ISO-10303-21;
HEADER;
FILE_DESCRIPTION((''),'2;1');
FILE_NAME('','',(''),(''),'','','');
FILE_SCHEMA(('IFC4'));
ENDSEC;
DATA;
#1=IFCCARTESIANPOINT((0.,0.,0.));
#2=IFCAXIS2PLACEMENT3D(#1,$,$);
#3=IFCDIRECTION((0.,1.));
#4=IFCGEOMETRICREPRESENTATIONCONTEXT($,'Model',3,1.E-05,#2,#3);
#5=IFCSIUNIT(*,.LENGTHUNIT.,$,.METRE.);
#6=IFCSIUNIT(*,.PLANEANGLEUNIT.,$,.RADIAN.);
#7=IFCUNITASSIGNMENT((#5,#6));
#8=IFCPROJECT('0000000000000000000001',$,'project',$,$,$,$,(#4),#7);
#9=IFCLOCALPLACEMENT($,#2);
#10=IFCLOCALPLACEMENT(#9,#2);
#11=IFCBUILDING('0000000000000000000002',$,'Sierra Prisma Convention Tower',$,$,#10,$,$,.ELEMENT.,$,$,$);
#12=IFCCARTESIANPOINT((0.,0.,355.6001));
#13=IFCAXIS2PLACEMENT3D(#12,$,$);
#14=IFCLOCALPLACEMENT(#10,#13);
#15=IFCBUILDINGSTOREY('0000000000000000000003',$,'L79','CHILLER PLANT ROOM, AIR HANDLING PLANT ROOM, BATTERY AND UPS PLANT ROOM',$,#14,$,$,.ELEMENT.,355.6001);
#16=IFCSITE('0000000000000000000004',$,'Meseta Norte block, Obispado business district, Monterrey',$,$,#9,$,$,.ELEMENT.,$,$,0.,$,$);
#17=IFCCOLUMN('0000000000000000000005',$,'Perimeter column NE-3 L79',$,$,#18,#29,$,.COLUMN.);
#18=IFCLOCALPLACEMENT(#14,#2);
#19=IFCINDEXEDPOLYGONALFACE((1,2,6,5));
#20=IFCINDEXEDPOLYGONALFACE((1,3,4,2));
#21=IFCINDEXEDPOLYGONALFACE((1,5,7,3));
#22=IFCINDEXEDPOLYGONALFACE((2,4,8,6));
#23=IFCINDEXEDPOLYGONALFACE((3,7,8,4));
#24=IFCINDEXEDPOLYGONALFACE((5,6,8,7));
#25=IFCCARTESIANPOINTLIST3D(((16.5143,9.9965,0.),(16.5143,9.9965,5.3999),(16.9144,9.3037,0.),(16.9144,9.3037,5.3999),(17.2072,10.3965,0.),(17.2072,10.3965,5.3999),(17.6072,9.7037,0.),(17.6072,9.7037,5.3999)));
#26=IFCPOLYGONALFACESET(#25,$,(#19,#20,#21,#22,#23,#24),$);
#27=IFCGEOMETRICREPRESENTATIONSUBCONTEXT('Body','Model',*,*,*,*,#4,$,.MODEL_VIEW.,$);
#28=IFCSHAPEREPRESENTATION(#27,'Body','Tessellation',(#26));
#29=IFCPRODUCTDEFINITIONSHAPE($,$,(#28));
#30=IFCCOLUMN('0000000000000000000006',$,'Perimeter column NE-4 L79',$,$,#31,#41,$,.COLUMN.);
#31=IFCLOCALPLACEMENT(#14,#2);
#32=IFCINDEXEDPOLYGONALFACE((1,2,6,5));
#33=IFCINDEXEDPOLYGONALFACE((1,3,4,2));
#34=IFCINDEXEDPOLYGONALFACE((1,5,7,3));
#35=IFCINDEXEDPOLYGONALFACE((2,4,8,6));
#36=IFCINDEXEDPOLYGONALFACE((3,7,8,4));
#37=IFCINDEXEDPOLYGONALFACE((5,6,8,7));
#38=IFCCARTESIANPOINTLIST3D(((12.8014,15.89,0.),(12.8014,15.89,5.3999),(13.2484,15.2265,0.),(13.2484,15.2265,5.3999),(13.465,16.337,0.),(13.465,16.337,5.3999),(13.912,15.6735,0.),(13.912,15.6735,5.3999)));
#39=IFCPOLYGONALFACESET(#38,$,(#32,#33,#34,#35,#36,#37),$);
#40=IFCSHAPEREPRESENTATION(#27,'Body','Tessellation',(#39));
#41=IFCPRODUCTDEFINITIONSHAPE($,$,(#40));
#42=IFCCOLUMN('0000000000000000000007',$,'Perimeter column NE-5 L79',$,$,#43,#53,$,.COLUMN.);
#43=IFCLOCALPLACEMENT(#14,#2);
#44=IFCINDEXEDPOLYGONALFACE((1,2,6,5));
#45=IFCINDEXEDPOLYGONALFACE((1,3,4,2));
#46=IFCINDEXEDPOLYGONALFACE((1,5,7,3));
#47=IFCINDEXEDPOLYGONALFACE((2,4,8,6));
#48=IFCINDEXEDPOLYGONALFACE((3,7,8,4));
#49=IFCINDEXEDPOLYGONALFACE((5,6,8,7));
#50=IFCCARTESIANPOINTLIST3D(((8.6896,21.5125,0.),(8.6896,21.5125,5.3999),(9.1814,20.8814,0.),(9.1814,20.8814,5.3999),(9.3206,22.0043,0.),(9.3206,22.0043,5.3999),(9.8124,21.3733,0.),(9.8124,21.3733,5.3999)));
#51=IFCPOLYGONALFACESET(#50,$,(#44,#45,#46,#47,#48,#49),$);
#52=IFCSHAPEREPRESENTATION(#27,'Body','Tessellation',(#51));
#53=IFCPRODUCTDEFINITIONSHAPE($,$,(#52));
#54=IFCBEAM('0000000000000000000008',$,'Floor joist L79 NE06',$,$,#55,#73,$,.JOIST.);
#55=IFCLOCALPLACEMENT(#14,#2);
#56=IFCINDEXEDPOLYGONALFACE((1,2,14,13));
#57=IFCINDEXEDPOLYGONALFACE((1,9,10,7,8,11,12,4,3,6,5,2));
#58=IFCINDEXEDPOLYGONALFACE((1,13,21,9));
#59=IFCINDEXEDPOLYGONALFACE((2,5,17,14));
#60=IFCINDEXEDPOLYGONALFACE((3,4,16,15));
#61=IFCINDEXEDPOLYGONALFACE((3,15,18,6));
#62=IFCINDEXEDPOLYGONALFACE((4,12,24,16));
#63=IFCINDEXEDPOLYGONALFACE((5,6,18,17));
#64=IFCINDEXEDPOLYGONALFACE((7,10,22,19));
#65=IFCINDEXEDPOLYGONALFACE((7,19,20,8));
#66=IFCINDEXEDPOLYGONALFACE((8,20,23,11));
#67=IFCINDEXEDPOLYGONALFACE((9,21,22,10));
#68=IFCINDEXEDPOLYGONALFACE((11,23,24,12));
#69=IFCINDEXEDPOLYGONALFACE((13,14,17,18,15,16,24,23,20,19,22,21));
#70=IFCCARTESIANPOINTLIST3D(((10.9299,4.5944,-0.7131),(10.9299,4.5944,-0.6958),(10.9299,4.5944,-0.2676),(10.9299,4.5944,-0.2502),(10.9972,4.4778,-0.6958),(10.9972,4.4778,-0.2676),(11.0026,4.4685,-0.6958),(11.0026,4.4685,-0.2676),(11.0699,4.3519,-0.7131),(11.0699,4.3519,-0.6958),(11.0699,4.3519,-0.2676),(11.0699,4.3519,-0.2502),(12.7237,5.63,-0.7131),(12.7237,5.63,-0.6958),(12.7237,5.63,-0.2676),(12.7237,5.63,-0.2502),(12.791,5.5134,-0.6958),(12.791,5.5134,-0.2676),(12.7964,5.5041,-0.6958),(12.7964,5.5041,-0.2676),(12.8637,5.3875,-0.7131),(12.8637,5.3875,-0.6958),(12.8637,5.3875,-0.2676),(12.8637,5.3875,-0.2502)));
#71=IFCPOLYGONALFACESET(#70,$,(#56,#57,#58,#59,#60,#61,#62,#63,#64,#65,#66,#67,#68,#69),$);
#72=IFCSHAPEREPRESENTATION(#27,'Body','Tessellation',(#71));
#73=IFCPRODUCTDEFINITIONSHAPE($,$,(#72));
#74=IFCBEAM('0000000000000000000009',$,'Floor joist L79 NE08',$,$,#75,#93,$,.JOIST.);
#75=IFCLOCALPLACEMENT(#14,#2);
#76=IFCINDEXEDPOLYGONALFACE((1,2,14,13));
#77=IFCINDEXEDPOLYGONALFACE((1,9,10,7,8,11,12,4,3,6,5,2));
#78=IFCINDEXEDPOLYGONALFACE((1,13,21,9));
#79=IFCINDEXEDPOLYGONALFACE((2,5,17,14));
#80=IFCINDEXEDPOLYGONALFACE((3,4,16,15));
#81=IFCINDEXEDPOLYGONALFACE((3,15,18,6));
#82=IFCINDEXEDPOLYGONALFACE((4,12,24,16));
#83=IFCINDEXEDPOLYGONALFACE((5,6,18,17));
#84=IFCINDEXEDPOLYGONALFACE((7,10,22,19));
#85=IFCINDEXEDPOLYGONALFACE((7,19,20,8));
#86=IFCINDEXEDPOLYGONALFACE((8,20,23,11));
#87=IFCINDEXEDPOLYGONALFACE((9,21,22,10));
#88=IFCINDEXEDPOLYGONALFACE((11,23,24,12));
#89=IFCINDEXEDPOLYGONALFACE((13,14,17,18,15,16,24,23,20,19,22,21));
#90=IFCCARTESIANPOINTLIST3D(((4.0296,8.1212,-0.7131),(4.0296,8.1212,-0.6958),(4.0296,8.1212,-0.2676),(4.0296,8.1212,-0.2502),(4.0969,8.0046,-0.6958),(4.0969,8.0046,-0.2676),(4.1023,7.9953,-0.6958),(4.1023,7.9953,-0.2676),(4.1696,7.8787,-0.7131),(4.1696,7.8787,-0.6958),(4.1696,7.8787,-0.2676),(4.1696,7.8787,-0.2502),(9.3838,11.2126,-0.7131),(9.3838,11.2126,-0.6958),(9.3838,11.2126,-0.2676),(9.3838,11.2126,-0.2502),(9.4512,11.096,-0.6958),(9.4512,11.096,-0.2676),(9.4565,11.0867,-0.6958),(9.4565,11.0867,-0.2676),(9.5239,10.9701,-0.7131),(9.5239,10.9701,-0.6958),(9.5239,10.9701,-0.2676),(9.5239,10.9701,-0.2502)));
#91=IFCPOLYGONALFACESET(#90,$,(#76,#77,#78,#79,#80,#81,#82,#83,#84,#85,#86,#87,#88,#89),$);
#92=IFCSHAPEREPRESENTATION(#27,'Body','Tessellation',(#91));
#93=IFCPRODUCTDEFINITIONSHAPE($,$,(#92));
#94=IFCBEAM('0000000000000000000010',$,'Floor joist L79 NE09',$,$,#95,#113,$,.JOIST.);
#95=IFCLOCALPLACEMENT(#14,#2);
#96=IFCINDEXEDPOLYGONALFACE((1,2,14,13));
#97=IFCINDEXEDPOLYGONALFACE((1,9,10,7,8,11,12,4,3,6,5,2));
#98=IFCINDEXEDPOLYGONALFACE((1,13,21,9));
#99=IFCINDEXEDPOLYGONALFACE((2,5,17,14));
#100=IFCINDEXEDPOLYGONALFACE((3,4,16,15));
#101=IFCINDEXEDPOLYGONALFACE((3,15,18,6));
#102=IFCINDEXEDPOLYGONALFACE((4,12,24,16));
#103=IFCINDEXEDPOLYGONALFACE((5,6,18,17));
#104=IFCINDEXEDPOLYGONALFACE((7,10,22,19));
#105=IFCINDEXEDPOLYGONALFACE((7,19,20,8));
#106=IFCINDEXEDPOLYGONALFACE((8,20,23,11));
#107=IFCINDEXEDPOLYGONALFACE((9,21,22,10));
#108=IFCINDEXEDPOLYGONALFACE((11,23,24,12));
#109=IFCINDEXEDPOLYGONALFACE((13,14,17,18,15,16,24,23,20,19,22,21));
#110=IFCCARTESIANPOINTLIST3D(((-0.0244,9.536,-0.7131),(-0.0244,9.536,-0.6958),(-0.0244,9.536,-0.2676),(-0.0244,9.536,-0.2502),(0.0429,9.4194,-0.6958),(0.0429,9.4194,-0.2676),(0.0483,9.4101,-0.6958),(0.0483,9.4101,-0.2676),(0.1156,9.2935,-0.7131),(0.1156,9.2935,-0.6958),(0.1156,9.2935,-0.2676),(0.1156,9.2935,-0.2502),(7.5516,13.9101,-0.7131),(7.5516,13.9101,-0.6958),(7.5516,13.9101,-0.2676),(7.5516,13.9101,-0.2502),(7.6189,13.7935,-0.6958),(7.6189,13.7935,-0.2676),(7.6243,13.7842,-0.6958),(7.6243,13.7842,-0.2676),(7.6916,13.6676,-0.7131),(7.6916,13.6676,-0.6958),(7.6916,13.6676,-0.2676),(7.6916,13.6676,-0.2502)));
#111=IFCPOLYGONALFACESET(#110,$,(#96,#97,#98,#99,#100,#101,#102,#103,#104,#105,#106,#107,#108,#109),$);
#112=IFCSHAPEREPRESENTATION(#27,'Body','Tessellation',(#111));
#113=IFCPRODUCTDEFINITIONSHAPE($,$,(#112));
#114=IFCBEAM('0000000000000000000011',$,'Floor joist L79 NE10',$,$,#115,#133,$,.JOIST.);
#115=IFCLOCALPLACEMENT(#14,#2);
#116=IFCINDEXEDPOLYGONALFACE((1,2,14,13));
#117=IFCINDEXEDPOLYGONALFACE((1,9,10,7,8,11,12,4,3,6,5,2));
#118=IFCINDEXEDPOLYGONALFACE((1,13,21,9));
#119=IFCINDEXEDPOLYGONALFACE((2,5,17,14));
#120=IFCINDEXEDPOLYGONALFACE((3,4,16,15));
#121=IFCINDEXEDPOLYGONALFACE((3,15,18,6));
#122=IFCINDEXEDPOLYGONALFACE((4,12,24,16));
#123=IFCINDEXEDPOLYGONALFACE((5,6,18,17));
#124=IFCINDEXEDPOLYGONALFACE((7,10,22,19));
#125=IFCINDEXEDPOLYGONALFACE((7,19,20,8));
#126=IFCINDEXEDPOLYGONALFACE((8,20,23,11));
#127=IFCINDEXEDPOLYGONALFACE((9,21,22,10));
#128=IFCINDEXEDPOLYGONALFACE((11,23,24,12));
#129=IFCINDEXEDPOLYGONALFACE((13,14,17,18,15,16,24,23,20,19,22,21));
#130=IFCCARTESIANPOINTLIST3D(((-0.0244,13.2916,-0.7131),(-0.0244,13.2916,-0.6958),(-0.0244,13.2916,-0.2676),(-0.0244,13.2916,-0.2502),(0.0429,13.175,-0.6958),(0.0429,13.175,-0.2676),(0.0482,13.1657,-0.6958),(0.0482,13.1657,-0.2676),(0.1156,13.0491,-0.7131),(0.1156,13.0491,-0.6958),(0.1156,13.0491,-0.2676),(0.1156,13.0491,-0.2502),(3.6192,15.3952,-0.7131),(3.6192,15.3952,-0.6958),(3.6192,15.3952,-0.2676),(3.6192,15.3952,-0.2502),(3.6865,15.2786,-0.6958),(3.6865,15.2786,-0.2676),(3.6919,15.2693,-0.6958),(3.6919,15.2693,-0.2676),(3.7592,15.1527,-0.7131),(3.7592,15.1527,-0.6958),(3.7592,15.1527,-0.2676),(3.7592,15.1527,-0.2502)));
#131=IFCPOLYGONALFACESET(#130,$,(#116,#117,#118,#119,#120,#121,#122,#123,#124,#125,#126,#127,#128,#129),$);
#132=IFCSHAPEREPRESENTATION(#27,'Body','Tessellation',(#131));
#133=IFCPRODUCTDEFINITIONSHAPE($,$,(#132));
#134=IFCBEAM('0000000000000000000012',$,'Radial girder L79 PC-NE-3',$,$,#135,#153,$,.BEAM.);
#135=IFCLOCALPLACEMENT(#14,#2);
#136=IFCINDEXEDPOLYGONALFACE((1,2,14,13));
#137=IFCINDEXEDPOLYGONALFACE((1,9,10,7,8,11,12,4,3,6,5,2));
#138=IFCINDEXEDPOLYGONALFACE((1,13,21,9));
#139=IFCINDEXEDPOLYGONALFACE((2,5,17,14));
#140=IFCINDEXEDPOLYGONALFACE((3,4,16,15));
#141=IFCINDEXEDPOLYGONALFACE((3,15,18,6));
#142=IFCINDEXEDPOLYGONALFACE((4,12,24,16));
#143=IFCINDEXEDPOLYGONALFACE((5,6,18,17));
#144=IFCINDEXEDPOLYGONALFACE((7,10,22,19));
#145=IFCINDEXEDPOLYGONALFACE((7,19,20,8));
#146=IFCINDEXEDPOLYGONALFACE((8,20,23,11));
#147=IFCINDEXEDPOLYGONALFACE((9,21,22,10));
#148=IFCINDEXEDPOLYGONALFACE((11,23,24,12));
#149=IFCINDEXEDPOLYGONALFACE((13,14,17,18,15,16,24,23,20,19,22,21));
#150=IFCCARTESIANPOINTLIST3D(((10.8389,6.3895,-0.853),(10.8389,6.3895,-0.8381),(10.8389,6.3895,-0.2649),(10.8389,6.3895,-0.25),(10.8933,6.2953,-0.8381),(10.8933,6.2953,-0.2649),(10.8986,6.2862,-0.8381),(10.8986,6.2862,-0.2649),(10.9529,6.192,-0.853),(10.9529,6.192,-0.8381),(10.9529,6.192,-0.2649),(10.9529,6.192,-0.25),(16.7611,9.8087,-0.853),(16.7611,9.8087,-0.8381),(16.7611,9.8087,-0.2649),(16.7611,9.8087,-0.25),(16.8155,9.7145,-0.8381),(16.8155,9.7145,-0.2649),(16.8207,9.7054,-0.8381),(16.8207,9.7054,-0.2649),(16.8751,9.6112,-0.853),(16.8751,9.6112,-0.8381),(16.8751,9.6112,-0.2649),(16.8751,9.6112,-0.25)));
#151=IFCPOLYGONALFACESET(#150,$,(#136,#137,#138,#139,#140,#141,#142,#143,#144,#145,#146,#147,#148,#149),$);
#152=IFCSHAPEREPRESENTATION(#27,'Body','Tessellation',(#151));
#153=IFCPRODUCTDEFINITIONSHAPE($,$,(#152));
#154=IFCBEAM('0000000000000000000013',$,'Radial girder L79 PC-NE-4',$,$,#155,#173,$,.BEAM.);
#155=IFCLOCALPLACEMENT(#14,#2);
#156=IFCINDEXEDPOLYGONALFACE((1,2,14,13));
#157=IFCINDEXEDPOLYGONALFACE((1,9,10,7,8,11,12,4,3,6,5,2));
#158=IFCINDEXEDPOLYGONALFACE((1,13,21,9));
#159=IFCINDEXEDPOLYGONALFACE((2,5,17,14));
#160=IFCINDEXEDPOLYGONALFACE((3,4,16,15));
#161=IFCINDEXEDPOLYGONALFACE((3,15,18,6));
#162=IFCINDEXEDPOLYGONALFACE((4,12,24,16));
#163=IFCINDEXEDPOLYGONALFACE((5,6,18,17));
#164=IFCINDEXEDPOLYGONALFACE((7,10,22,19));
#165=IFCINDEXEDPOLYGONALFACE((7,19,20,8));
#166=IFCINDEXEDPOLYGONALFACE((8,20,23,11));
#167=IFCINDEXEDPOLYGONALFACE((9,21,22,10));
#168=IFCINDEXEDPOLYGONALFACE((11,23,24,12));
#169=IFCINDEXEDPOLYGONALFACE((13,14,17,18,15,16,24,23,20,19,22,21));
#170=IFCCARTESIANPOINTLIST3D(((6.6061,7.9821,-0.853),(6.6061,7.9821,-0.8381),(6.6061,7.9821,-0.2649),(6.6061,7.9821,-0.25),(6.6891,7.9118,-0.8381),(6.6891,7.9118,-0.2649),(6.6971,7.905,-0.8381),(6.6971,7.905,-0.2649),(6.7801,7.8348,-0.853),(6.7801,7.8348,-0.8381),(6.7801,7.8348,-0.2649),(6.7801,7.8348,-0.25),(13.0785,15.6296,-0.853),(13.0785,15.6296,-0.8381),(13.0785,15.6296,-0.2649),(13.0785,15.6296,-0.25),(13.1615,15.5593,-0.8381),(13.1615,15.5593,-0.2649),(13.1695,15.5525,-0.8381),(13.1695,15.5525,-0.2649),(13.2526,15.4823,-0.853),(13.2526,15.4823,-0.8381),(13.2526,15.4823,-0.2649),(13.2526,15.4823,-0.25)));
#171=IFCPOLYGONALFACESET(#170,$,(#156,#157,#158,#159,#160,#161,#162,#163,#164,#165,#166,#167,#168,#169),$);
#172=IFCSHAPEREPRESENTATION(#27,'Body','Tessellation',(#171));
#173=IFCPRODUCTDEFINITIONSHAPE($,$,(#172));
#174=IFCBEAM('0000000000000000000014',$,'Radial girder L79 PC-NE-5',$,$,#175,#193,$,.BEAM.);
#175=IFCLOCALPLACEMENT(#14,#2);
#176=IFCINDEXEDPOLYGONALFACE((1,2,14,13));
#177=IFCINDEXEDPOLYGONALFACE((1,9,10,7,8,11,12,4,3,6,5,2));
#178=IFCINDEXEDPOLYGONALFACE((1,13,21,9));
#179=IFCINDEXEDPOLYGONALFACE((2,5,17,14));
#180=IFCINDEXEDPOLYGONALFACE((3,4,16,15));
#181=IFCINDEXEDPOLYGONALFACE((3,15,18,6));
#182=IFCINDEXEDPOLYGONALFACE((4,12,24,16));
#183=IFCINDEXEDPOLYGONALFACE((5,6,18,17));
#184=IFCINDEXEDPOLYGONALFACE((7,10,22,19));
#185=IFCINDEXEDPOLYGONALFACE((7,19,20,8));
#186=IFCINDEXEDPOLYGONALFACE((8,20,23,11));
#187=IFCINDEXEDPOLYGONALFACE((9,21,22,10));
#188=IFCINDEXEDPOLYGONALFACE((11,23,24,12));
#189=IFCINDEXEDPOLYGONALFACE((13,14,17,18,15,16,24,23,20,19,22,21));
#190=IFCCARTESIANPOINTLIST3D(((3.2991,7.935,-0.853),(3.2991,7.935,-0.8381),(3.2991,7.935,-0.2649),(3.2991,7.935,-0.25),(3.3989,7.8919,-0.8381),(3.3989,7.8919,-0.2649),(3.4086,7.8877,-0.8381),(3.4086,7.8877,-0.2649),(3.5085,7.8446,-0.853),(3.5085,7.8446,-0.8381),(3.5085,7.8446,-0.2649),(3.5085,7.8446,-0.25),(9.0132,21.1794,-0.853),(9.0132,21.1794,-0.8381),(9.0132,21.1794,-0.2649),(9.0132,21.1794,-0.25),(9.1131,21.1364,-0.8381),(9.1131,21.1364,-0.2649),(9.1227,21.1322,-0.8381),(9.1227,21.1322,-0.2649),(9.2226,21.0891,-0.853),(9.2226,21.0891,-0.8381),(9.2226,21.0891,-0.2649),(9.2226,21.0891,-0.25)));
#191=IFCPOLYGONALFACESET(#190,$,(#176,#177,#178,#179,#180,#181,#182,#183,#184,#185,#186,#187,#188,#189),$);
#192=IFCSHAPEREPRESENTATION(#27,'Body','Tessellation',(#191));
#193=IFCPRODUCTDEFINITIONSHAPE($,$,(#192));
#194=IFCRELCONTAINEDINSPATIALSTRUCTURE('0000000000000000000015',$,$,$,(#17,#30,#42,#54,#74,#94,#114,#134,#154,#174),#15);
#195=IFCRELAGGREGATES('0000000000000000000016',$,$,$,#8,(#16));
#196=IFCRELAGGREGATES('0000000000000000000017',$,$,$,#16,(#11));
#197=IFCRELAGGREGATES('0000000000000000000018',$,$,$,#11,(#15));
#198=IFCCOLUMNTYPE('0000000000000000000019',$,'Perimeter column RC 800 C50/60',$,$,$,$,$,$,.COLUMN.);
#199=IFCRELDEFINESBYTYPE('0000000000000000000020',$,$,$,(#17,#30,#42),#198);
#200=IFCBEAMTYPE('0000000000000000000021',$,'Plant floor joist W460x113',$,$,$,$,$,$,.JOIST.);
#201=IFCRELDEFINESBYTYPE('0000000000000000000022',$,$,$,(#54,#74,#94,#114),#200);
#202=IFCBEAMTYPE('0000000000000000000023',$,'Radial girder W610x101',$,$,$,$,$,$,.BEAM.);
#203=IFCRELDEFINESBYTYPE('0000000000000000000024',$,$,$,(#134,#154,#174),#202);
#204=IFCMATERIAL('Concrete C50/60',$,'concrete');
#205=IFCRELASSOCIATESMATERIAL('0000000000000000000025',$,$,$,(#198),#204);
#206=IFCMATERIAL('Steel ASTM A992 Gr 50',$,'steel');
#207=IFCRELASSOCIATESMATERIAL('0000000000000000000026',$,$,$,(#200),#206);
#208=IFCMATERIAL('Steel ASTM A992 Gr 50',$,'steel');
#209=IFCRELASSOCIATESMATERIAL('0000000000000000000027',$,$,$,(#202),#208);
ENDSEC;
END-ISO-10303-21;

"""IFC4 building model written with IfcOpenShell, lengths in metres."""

from ifc_helpers import new_model, si_unit, direction, frame, origin, origin_2d, place, context, subcontext, project, spatial, rectangle, i_section, extrude, material, material_profile, profile_set, type_object, element, save


model = new_model("IFC4")

# Units and contexts
model_context = context("Model", 3, precision=1e-05, world=origin(), true_north=direction((0.0, 1.0)))
body_context = subcontext(model_context, "Body", "Model", "MODEL_VIEW")
ifc_project = project(units=[si_unit("LENGTHUNIT", "METRE"), si_unit("PLANEANGLEUNIT", "RADIAN")], contexts=[model_context])

# Site, building, storey
site_placement = place(None, origin())
site = spatial("IfcSite", under=ifc_project, at=site_placement, Name="Meseta Norte block, Obispado business district, Monterrey", CompositionType="ELEMENT", RefElevation=0.0)
building_placement = place(site_placement, origin())
building = spatial("IfcBuilding", under=site, at=building_placement, Name="Sierra Prisma Convention Tower", CompositionType="ELEMENT")
storey_placement = place(building_placement, frame((0.0, 0.0, 355.6001)))
storey = spatial("IfcBuildingStorey", under=building, at=storey_placement, Name="L79", Description="CHILLER PLANT ROOM, AIR HANDLING PLANT ROOM, BATTERY AND UPS PLANT ROOM", CompositionType="ELEMENT", Elevation=355.6001)

# Columns
ifc_material_1 = material(Name="Concrete C50/60", Category="concrete")
ifc_material_profile_1 = material_profile(ifc_material_1, rectangle(XDim=0.8, YDim=0.8, at=origin_2d()), Name="Perimeter column RC 800 C50/60")
ifc_profile_set_1 = profile_set([ifc_material_profile_1], Name="Concrete C50/60")
column_type = type_object("IfcColumnType", Name="Perimeter column RC 800 C50/60", PredefinedType="COLUMN", material=ifc_profile_set_1)
for number, where, z_axis, x_axis, name in (
    (1, (17.0608, 9.8501, 0.0), (0.0, 0.0, 1.0), (-0.5, 0.866025, 0.0), "Perimeter column NE-3 L79"),
    (2, (13.3567, 15.7817, 0.0), (0.0, 0.0, 1.0), (-0.55871, 0.829363, 0.0), "Perimeter column NE-4 L79"),
    (3, (9.251, 21.4429, 0.0), (0.0, 0.0, 1.0), (-0.614744, 0.788727, 0.0), "Perimeter column NE-5 L79"),
):
    element("IfcColumn", number, at=place(storey_placement, frame(where, z_axis=z_axis, x_axis=x_axis)), inside=storey, type_object=column_type, Name=name, PredefinedType="COLUMN", context=body_context, shape_type="SweptSolid", body=[
        extrude(rectangle(XDim=0.8, YDim=0.8, at=origin_2d()), origin(), (0.0, 0.0, 1.0), 5.3999),
    ])

# Beams
ifc_material_2 = material(Name="Steel ASTM A992 Gr 50", Category="steel")
ifc_material_profile_2 = material_profile(ifc_material_2, i_section(OverallWidth=0.28, OverallDepth=0.4629, WebThickness=0.0107, FlangeThickness=0.0173, at=origin_2d()), Name="W460x113")
ifc_profile_set_2 = profile_set([ifc_material_profile_2], Name="Steel ASTM A992 Gr 50")
beam_type_1 = type_object("IfcBeamType", Name="Plant floor joist W460x113", PredefinedType="JOIST", material=ifc_profile_set_2)
beam_1_placement = place(storey_placement, frame((12.7937, 5.5088, -0.4817), z_axis=(-0.866015, -0.500018, 0.0), x_axis=(0.500018, -0.866015, 0.0)))
element("IfcBeam", 4, at=beam_1_placement, inside=storey, type_object=beam_type_1, Name="Floor joist L79 NE06", PredefinedType="JOIST", context=body_context, shape_type="SweptSolid", body=[
    extrude(i_section(OverallWidth=0.28, OverallDepth=0.4629, WebThickness=0.0107, FlangeThickness=0.0173, at=origin_2d()), origin(), (0.0, 0.0, 1.0), 2.0713),
])
beam_2_placement = place(storey_placement, frame((9.4539, 11.0913, -0.4817), z_axis=(-0.866023, -0.500004, 0.0), x_axis=(0.500004, -0.866023, 0.0)))
element("IfcBeam", 5, at=beam_2_placement, inside=storey, type_object=beam_type_1, Name="Floor joist L79 NE08", PredefinedType="JOIST", context=body_context, shape_type="SweptSolid", body=[
    extrude(i_section(OverallWidth=0.28, OverallDepth=0.4629, WebThickness=0.0107, FlangeThickness=0.0173, at=origin_2d()), origin(), (0.0, 0.0, 1.0), 6.1826),
])
beam_3_placement = place(storey_placement, frame((7.6216, 13.7888, -0.4817), z_axis=(-0.866022, -0.500005, 0.0), x_axis=(0.500005, -0.866022, 0.0)))
element("IfcBeam", 6, at=beam_3_placement, inside=storey, type_object=beam_type_1, Name="Floor joist L79 NE09", PredefinedType="JOIST", context=body_context, shape_type="SweptSolid", body=[
    extrude(i_section(OverallWidth=0.28, OverallDepth=0.4629, WebThickness=0.0107, FlangeThickness=0.0173, at=origin_2d()), origin(), (0.0, 0.0, 1.0), 8.748),
])
beam_4_placement = place(storey_placement, frame((3.6892, 15.2739, -0.4817), z_axis=(-0.866035, -0.499984, 0.0), x_axis=(0.499984, -0.866035, 0.0)))
element("IfcBeam", 7, at=beam_4_placement, inside=storey, type_object=beam_type_1, Name="Floor joist L79 NE10", PredefinedType="JOIST", context=body_context, shape_type="SweptSolid", body=[
    extrude(i_section(OverallWidth=0.28, OverallDepth=0.4629, WebThickness=0.0107, FlangeThickness=0.0173, at=origin_2d()), origin(), (0.0, 0.0, 1.0), 4.2073),
])
ifc_material_3 = material(Name="Steel ASTM A992 Gr 50", Category="steel")
ifc_material_profile_3 = material_profile(ifc_material_3, i_section(OverallWidth=0.228, OverallDepth=0.603, WebThickness=0.0105, FlangeThickness=0.0149, at=origin_2d()), Name="W610x101")
ifc_profile_set_3 = profile_set([ifc_material_profile_3], Name="Steel ASTM A992 Gr 50")
beam_type_2 = type_object("IfcBeamType", Name="Radial girder W610x101", PredefinedType="BEAM", material=ifc_profile_set_3)
beam_5_placement = place(storey_placement, frame((16.8181, 9.71, -0.5515), z_axis=(-0.866022, -0.500006, 0.0), x_axis=(0.500006, -0.866022, 0.0)))
element("IfcBeam", 8, at=beam_5_placement, inside=storey, type_object=beam_type_2, Name="Radial girder L79 PC-NE-3", PredefinedType="BEAM", context=body_context, shape_type="SweptSolid", body=[
    extrude(i_section(OverallWidth=0.228, OverallDepth=0.603, WebThickness=0.0105, FlangeThickness=0.0149, at=origin_2d()), origin(), (0.0, 0.0, 1.0), 6.8384),
])
beam_6_placement = place(storey_placement, frame((13.1655, 15.5559, -0.5515), z_axis=(-0.646029, -0.763313, 0.0), x_axis=(0.763313, -0.646029, 0.0)))
element("IfcBeam", 9, at=beam_6_placement, inside=storey, type_object=beam_type_2, Name="Radial girder L79 PC-NE-4", PredefinedType="BEAM", context=body_context, shape_type="SweptSolid", body=[
    extrude(i_section(OverallWidth=0.228, OverallDepth=0.603, WebThickness=0.0105, FlangeThickness=0.0149, at=origin_2d()), origin(), (0.0, 0.0, 1.0), 10.0188),
])
beam_7_placement = place(storey_placement, frame((9.1179, 21.1343, -0.5515), z_axis=(-0.396141, -0.91819, 0.0), x_axis=(0.91819, -0.396141, 0.0)))
element("IfcBeam", 10, at=beam_7_placement, inside=storey, type_object=beam_type_2, Name="Radial girder L79 PC-NE-5", PredefinedType="BEAM", context=body_context, shape_type="SweptSolid", body=[
    extrude(i_section(OverallWidth=0.228, OverallDepth=0.603, WebThickness=0.0105, FlangeThickness=0.0149, at=origin_2d()), origin(), (0.0, 0.0, 1.0), 14.4246),
])

save(model, "model.ifc")
